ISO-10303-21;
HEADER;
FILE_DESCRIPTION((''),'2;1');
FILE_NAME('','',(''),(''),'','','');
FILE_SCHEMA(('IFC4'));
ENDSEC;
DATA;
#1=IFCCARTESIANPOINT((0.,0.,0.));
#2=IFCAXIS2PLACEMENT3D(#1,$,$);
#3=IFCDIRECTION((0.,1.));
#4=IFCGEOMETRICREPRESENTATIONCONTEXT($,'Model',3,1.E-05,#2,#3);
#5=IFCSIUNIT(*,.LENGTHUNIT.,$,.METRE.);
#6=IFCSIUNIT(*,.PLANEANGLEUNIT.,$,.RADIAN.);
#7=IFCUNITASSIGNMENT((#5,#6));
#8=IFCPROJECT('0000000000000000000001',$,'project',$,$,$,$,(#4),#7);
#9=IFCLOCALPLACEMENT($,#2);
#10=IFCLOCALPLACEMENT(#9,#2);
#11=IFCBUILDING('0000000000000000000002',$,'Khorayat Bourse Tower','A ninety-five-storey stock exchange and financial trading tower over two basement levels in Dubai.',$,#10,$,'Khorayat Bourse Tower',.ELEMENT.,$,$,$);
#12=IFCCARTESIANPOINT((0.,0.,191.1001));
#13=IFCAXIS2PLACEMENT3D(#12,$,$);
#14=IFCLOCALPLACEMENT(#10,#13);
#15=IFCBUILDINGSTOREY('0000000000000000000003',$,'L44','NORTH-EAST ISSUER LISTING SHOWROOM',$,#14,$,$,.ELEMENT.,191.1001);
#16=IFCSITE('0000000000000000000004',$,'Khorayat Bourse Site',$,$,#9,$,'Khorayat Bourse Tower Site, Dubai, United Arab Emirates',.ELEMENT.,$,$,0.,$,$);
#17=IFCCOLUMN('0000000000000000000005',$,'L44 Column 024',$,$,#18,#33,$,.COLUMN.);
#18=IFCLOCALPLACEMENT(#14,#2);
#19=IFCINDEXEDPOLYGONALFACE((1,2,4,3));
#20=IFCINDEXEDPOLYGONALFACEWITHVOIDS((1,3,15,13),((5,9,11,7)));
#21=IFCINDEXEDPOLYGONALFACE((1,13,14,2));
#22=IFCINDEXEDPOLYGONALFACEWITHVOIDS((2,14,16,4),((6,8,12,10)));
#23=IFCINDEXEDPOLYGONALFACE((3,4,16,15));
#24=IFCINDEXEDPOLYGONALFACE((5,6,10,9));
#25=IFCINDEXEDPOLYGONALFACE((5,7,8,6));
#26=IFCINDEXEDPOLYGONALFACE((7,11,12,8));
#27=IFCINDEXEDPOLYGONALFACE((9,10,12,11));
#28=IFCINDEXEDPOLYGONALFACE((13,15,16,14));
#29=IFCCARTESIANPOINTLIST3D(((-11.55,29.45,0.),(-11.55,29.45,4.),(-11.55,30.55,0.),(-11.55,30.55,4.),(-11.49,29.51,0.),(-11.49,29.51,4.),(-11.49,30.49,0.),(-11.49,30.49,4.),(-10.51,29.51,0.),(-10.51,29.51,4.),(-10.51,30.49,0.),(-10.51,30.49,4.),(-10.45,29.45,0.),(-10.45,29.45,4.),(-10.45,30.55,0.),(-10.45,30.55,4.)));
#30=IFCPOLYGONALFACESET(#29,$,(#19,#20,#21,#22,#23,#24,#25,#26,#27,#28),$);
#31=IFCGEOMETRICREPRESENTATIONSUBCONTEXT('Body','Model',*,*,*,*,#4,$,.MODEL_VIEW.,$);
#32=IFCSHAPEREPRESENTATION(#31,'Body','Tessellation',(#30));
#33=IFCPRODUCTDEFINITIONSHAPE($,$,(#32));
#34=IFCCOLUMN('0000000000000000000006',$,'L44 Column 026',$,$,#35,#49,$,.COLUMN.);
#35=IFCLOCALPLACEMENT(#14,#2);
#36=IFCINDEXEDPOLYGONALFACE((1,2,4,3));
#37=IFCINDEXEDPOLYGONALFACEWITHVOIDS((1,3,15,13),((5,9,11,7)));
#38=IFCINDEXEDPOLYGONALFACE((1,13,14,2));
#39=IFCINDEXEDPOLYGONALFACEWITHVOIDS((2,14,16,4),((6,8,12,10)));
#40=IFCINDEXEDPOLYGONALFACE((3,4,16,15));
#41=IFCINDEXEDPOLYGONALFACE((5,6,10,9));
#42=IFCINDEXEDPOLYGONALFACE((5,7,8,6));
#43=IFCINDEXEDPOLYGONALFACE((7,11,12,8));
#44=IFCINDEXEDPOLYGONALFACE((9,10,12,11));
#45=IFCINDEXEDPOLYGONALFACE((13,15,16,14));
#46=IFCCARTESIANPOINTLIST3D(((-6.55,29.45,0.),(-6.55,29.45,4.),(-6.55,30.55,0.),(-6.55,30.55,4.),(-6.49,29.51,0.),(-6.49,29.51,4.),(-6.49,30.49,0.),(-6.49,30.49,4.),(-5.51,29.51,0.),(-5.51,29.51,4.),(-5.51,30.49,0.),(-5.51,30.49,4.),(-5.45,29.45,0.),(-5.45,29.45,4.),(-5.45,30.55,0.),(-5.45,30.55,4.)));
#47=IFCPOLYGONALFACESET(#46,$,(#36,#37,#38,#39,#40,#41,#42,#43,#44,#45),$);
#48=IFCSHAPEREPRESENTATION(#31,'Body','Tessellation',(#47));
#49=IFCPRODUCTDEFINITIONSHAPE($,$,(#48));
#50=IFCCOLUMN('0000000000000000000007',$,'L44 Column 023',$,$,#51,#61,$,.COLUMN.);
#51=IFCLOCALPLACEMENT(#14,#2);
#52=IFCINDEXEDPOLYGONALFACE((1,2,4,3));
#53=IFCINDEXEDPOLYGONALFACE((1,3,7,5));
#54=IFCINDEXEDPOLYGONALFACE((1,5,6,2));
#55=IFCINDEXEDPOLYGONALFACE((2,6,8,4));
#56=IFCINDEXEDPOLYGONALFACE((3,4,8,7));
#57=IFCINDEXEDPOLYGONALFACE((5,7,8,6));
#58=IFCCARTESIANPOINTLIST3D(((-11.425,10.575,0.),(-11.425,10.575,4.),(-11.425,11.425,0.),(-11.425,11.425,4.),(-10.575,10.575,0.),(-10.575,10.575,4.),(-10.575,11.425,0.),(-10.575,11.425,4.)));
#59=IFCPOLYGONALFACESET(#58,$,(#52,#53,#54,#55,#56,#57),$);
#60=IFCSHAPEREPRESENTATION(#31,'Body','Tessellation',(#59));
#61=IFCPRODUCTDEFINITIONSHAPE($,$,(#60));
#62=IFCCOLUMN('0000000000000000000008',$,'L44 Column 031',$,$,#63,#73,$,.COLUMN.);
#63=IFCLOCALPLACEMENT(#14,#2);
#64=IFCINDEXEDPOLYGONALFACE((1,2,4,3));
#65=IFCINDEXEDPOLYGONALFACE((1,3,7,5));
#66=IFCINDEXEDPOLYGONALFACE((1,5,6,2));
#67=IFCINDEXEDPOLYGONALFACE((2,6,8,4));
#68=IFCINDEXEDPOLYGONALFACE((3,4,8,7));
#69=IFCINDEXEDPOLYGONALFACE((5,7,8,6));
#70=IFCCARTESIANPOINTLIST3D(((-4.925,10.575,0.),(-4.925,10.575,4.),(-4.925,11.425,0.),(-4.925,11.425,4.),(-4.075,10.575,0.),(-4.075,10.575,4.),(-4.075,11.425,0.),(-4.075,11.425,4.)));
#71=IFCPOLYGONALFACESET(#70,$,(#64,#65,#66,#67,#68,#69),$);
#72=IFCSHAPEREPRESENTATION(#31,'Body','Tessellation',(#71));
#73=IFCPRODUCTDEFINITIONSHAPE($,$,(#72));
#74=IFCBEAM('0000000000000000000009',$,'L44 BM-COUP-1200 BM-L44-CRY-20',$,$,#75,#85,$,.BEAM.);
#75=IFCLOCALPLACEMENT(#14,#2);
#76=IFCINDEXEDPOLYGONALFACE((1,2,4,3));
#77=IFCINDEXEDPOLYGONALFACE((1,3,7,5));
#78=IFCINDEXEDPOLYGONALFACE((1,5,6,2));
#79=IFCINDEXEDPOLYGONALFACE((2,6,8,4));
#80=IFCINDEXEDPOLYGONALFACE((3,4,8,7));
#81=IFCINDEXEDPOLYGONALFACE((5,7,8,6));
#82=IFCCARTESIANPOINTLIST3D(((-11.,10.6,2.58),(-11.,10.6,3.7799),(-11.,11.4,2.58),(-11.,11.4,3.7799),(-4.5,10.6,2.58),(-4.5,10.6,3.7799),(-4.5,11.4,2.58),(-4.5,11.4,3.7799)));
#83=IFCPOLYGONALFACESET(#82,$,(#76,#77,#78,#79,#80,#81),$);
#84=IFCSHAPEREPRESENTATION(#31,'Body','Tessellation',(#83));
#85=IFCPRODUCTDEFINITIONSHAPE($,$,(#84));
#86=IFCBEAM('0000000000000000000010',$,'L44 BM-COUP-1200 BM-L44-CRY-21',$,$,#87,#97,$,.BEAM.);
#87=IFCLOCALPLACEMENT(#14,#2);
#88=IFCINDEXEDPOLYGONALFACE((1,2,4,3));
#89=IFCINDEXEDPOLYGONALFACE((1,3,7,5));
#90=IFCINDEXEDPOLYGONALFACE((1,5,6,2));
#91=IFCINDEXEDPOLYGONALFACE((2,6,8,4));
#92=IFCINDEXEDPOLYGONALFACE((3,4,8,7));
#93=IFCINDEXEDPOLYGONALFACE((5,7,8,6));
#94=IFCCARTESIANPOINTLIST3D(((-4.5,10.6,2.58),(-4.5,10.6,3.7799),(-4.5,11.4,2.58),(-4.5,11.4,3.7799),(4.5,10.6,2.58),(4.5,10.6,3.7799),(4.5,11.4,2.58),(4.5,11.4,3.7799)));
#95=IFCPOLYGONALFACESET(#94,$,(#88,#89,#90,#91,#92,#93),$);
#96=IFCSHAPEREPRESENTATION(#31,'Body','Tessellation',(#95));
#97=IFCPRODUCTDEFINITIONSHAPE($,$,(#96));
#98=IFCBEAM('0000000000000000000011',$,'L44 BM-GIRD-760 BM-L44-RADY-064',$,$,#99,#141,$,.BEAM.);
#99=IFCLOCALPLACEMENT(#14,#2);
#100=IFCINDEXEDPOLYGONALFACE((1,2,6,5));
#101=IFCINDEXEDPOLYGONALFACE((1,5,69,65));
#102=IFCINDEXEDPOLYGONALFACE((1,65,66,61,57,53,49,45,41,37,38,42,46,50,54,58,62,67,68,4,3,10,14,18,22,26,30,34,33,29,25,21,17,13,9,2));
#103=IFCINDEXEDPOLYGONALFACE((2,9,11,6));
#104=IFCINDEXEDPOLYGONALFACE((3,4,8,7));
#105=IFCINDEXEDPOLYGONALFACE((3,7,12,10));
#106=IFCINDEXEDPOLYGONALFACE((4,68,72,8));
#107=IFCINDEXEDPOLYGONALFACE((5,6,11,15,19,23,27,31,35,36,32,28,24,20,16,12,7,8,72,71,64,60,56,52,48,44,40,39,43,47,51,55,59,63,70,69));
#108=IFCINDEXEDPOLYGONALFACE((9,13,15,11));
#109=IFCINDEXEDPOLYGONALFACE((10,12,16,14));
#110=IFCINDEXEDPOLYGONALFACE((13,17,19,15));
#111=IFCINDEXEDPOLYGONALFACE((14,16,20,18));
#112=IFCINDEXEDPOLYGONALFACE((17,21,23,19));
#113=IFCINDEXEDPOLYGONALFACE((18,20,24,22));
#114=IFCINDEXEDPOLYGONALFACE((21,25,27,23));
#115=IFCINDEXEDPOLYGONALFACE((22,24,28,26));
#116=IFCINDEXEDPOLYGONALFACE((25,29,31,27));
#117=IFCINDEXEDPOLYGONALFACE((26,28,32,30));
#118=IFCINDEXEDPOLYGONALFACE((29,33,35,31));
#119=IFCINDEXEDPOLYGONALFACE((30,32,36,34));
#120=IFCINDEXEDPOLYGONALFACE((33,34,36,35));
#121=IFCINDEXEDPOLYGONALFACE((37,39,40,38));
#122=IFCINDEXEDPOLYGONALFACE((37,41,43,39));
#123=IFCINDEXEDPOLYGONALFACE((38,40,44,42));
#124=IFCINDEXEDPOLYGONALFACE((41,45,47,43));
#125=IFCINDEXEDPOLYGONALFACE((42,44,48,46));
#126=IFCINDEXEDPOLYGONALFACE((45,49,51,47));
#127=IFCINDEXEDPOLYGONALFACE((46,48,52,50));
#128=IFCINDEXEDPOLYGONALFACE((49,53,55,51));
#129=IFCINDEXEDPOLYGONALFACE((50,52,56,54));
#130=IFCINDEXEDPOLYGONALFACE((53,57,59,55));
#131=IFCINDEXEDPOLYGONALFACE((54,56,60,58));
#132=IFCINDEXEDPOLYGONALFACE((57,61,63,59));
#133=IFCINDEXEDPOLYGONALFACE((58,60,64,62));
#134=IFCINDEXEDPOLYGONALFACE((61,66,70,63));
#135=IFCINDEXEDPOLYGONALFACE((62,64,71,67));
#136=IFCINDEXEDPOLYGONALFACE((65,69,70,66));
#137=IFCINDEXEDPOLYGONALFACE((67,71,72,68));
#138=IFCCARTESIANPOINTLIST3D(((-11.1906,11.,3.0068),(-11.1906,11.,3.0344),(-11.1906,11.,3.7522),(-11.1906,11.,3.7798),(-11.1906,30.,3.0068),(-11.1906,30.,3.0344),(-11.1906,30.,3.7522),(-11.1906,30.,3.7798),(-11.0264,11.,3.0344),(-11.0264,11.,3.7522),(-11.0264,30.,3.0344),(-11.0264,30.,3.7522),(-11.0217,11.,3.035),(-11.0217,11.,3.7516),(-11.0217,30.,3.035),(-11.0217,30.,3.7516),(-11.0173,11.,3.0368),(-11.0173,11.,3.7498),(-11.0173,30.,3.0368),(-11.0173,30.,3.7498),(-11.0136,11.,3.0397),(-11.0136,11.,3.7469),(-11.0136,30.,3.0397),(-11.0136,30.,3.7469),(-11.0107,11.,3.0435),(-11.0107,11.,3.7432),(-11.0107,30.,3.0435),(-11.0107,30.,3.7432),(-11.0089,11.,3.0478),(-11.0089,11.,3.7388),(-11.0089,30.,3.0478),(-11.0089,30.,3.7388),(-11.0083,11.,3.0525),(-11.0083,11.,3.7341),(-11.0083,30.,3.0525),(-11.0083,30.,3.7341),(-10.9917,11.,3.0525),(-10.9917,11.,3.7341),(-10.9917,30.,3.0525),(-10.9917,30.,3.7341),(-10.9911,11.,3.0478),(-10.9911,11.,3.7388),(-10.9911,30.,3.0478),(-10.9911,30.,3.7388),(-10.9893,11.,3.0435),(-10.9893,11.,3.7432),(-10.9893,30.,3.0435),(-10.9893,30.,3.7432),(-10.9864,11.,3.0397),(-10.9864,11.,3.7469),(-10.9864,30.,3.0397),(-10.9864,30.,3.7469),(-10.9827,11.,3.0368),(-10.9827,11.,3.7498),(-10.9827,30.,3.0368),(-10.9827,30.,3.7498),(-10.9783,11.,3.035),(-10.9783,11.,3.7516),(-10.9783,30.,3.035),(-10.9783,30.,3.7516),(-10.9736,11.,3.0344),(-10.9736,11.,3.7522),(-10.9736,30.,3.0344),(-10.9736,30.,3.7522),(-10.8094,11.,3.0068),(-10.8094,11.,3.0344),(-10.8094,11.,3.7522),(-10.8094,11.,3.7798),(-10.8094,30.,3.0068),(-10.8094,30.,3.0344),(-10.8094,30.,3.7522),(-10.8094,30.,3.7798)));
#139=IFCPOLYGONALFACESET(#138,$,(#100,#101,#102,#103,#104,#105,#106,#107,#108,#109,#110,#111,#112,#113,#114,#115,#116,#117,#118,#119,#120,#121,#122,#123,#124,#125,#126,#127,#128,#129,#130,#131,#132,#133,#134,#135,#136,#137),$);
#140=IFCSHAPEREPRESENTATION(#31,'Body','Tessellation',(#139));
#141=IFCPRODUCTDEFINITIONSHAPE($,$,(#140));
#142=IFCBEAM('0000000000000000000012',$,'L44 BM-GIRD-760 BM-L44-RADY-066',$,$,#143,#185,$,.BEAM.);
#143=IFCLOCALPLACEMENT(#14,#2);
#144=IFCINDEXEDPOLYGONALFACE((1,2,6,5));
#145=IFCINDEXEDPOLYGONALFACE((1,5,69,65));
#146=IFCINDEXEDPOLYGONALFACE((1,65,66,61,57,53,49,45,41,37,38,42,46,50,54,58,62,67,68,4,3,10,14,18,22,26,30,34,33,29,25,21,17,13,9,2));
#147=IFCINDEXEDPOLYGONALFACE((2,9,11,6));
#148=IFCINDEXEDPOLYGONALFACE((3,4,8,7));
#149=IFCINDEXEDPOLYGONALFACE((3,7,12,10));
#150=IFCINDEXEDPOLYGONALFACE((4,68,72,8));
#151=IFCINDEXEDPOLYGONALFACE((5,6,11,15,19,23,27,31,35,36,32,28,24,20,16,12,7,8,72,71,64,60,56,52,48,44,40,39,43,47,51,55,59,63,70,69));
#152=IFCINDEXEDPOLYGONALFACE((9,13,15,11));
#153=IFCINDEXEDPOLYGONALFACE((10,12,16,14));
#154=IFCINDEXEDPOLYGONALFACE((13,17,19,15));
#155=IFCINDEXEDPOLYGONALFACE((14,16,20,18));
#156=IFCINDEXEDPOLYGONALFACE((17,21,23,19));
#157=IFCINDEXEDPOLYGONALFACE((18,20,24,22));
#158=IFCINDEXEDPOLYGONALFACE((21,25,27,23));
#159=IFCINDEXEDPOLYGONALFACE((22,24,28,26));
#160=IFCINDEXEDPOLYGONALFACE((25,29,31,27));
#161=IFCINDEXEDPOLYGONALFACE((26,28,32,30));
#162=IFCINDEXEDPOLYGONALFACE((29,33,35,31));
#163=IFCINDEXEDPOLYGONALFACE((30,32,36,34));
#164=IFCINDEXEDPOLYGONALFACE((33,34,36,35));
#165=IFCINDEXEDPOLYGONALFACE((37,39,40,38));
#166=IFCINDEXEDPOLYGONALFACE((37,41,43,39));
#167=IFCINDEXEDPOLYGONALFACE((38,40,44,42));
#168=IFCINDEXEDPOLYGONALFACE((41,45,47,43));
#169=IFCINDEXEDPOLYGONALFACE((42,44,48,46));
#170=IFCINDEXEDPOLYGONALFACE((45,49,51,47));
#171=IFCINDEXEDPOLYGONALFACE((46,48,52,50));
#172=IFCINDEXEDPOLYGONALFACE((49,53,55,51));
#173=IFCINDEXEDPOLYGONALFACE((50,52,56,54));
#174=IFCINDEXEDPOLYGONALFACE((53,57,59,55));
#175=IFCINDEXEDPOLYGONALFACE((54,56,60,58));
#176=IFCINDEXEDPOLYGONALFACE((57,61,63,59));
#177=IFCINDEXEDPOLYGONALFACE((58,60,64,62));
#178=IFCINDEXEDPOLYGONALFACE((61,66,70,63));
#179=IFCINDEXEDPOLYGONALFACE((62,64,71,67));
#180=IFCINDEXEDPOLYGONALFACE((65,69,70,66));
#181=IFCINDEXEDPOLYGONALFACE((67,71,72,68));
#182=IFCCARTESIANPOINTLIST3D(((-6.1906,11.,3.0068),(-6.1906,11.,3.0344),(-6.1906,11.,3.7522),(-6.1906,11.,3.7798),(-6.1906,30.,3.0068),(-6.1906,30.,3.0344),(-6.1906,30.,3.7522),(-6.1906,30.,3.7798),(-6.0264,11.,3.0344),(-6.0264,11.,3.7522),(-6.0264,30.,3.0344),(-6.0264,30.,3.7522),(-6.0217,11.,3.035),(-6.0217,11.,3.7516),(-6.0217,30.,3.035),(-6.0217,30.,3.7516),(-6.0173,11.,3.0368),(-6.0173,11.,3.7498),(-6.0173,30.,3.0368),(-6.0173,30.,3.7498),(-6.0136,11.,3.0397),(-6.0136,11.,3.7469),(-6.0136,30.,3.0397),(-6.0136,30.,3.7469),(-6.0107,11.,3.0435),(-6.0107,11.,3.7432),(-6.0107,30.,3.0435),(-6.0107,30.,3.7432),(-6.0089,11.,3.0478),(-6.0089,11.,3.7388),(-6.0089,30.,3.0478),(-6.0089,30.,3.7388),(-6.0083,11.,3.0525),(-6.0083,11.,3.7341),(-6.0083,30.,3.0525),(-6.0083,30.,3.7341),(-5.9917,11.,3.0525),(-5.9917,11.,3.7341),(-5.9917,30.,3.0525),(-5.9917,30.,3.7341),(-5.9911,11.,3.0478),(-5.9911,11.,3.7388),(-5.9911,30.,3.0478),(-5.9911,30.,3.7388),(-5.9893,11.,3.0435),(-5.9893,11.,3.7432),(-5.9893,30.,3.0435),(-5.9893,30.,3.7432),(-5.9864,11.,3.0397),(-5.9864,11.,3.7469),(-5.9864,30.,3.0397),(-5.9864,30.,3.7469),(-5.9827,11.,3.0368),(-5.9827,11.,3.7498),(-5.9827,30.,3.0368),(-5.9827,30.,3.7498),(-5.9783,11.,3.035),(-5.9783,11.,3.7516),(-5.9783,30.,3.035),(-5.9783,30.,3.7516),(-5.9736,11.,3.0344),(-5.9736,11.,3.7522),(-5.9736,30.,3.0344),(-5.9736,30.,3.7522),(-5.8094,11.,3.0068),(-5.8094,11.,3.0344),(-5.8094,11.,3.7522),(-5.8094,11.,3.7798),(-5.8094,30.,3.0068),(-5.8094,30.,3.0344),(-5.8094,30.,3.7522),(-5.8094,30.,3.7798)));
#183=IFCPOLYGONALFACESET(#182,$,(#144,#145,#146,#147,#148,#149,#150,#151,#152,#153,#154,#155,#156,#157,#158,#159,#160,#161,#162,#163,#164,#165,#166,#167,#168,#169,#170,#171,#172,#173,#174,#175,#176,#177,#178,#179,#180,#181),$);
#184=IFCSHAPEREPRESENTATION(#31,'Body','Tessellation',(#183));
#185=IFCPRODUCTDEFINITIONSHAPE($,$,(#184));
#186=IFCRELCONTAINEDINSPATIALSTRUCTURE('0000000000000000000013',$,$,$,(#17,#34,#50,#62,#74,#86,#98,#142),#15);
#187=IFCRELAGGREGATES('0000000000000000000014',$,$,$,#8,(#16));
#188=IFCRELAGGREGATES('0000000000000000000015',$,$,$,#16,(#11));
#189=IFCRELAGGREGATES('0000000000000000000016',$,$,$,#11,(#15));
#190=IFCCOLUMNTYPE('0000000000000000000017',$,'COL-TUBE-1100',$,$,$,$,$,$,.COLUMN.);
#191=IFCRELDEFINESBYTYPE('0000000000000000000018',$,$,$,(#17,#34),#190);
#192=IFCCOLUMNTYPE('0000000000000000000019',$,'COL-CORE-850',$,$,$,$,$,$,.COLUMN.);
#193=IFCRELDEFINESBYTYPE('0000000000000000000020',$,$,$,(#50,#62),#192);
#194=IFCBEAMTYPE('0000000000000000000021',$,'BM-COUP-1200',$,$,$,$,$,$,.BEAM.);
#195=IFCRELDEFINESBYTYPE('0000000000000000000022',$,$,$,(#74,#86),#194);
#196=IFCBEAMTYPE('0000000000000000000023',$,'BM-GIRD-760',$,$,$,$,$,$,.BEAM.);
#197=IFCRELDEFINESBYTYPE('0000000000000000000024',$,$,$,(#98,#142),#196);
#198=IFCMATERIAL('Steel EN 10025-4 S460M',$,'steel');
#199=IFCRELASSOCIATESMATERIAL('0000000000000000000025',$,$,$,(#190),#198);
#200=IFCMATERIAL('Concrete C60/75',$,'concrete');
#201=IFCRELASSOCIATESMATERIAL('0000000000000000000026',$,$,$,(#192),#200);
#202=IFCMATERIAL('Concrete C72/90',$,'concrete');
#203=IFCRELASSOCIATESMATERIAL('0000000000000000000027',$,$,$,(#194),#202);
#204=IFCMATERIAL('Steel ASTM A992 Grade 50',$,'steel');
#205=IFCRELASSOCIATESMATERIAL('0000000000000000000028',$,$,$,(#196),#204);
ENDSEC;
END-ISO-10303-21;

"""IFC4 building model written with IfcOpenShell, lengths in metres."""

from ifc_helpers import new_model, si_unit, direction, frame, origin, origin_2d, place, context, subcontext, project, spatial, rectangle, hollow_rectangle, i_section, extrude, source, transform, mapped, material, material_profile, profile_set, type_object, element, save


model = new_model("IFC4")

# Units and contexts
model_context = context("Model", 3, precision=1e-05, world=origin(), true_north=direction((0.0, 1.0)))
body_context = subcontext(model_context, "Body", "Model", "MODEL_VIEW")
ifc_project = project(units=[si_unit("LENGTHUNIT", "METRE"), si_unit("PLANEANGLEUNIT", "RADIAN")], contexts=[model_context])

# Site, building, storey
site_placement = place(None, origin())
site = spatial("IfcSite", under=ifc_project, at=site_placement, Name="Khorayat Bourse Site", LongName="Khorayat Bourse Tower Site, Dubai, United Arab Emirates", CompositionType="ELEMENT", RefElevation=0.0)
building_placement = place(site_placement, origin())
building = spatial("IfcBuilding", under=site, at=building_placement, Name="Khorayat Bourse Tower", Description="A ninety-five-storey stock exchange and financial trading tower over two basement levels in Dubai.", LongName="Khorayat Bourse Tower", CompositionType="ELEMENT")
storey_placement = place(building_placement, frame((0.0, 0.0, 191.1001)))
storey = spatial("IfcBuildingStorey", under=building, at=storey_placement, Name="L44", Description="NORTH-EAST ISSUER LISTING SHOWROOM", CompositionType="ELEMENT", Elevation=191.1001)

# Columns
ifc_material_1 = material(Name="Steel EN 10025-4 S460M", Category="steel")
ifc_material_profile_1 = material_profile(ifc_material_1, hollow_rectangle(XDim=1.1001, YDim=1.1001, WallThickness=0.0601, at=origin_2d()), Name="BOX 1100x1100x60")
ifc_profile_set_1 = profile_set([ifc_material_profile_1], Name="Steel EN 10025-4 S460M")
column_type_1 = type_object("IfcColumnType", Name="COL-TUBE-1100", PredefinedType="COLUMN", material=ifc_profile_set_1)
shared_shape_1 = source(origin(), body_context, "Body", "SweptSolid", [
    extrude(hollow_rectangle(XDim=1.1001, YDim=1.1001, WallThickness=0.0601, at=origin_2d()), origin(), (0.0, 0.0, 1.0), 4.0),
])
for number, where, z_axis, x_axis, name in (
    (1, (-11.0, 30.0, 0.0), (0.0, 0.0, 1.0), (1.0, 0.0, 0.0), "L44 Column 024"),
    (2, (-6.0, 30.0, 0.0), (0.0, 0.0, 1.0), (1.0, 0.0, 0.0), "L44 Column 026"),
):
    element("IfcColumn", number, at=place(storey_placement, frame(where, z_axis=z_axis, x_axis=x_axis)), inside=storey, type_object=column_type_1, Name=name, PredefinedType="COLUMN", context=body_context, shape_type="MappedRepresentation", body=[
        mapped(shared_shape_1, transform((0.0, 0.0, 0.0), scale=1.0)),
    ])
ifc_material_2 = material(Name="Concrete C60/75", Category="concrete")
ifc_material_profile_2 = material_profile(ifc_material_2, rectangle(XDim=0.8501, YDim=0.8501, at=origin_2d()), Name="RC 850x850")
ifc_profile_set_2 = profile_set([ifc_material_profile_2], Name="Concrete C60/75")
column_type_2 = type_object("IfcColumnType", Name="COL-CORE-850", PredefinedType="COLUMN", material=ifc_profile_set_2)
shared_shape_2 = source(origin(), body_context, "Body", "SweptSolid", [
    extrude(rectangle(XDim=0.8501, YDim=0.8501, at=origin_2d()), origin(), (0.0, 0.0, 1.0), 4.0),
])
for number, where, z_axis, x_axis, name in (
    (3, (-11.0, 11.0, 0.0), (0.0, 0.0, 1.0), (1.0, 0.0, 0.0), "L44 Column 023"),
    (4, (-4.5, 11.0, 0.0), (0.0, 0.0, 1.0), (1.0, 0.0, 0.0), "L44 Column 031"),
):
    element("IfcColumn", number, at=place(storey_placement, frame(where, z_axis=z_axis, x_axis=x_axis)), inside=storey, type_object=column_type_2, Name=name, PredefinedType="COLUMN", context=body_context, shape_type="MappedRepresentation", body=[
        mapped(shared_shape_2, transform((0.0, 0.0, 0.0), scale=1.0)),
    ])

# Beams
ifc_material_3 = material(Name="Concrete C72/90", Category="concrete")
ifc_material_profile_3 = material_profile(ifc_material_3, rectangle(XDim=0.8, YDim=1.2, at=origin_2d()), Name="RC 800x1200")
ifc_profile_set_3 = profile_set([ifc_material_profile_3], Name="Concrete C72/90")
beam_type_1 = type_object("IfcBeamType", Name="BM-COUP-1200", PredefinedType="BEAM", material=ifc_profile_set_3)
shared_shape_3 = source(origin(), body_context, "Body", "SweptSolid", [
    extrude(rectangle(XDim=0.8, YDim=1.2, at=origin_2d()), origin(), (0.0, 0.0, 1.0), 6.5),
])
beam_1_placement = place(storey_placement, frame((-11.0, 11.0, 3.1799), z_axis=(1.0, 0.0, 0.0), x_axis=(0.0, 1.0, 0.0)))
element("IfcBeam", 5, at=beam_1_placement, inside=storey, type_object=beam_type_1, Name="L44 BM-COUP-1200 BM-L44-CRY-20", PredefinedType="BEAM", context=body_context, shape_type="MappedRepresentation", body=[
    mapped(shared_shape_3, transform((0.0, 0.0, 0.0), scale=1.0)),
])
shared_shape_4 = source(origin(), body_context, "Body", "SweptSolid", [
    extrude(rectangle(XDim=0.8, YDim=1.2, at=origin_2d()), origin(), (0.0, 0.0, 1.0), 9.0),
])
beam_2_placement = place(storey_placement, frame((-4.5, 11.0, 3.1799), z_axis=(1.0, 0.0, 0.0), x_axis=(0.0, 1.0, 0.0)))
element("IfcBeam", 6, at=beam_2_placement, inside=storey, type_object=beam_type_1, Name="L44 BM-COUP-1200 BM-L44-CRY-21", PredefinedType="BEAM", context=body_context, shape_type="MappedRepresentation", body=[
    mapped(shared_shape_4, transform((0.0, 0.0, 0.0), scale=1.0)),
])
ifc_material_4 = material(Name="Steel ASTM A992 Grade 50", Category="steel")
ifc_material_profile_4 = material_profile(ifc_material_4, i_section(OverallWidth=0.3811, OverallDepth=0.7729, WebThickness=0.0166, FlangeThickness=0.0276, FilletRadius=0.0181, at=origin_2d()), Name="W760X257")
ifc_profile_set_4 = profile_set([ifc_material_profile_4], Name="Steel ASTM A992 Grade 50")
beam_type_2 = type_object("IfcBeamType", Name="BM-GIRD-760", PredefinedType="BEAM", material=ifc_profile_set_4)
shared_shape_5 = source(origin(), body_context, "Body", "SweptSolid", [
    extrude(i_section(OverallWidth=0.3811, OverallDepth=0.7729, WebThickness=0.0166, FlangeThickness=0.0276, FilletRadius=0.0181, at=origin_2d()), origin(), (0.0, 0.0, 1.0), 19.0),
])
for number, where, z_axis, x_axis, name in (
    (7, (-11.0, 11.0, 3.3933), (0.0, 1.0, 0.0), (-1.0, 0.0, 0.0), "L44 BM-GIRD-760 BM-L44-RADY-064"),
    (8, (-6.0, 11.0, 3.3933), (0.0, 1.0, 0.0), (-1.0, 0.0, 0.0), "L44 BM-GIRD-760 BM-L44-RADY-066"),
):
    element("IfcBeam", number, at=place(storey_placement, frame(where, z_axis=z_axis, x_axis=x_axis)), inside=storey, type_object=beam_type_2, Name=name, PredefinedType="BEAM", context=body_context, shape_type="MappedRepresentation", body=[
        mapped(shared_shape_5, transform((0.0, 0.0, 0.0), scale=1.0)),
    ])

save(model, "model.ifc")
